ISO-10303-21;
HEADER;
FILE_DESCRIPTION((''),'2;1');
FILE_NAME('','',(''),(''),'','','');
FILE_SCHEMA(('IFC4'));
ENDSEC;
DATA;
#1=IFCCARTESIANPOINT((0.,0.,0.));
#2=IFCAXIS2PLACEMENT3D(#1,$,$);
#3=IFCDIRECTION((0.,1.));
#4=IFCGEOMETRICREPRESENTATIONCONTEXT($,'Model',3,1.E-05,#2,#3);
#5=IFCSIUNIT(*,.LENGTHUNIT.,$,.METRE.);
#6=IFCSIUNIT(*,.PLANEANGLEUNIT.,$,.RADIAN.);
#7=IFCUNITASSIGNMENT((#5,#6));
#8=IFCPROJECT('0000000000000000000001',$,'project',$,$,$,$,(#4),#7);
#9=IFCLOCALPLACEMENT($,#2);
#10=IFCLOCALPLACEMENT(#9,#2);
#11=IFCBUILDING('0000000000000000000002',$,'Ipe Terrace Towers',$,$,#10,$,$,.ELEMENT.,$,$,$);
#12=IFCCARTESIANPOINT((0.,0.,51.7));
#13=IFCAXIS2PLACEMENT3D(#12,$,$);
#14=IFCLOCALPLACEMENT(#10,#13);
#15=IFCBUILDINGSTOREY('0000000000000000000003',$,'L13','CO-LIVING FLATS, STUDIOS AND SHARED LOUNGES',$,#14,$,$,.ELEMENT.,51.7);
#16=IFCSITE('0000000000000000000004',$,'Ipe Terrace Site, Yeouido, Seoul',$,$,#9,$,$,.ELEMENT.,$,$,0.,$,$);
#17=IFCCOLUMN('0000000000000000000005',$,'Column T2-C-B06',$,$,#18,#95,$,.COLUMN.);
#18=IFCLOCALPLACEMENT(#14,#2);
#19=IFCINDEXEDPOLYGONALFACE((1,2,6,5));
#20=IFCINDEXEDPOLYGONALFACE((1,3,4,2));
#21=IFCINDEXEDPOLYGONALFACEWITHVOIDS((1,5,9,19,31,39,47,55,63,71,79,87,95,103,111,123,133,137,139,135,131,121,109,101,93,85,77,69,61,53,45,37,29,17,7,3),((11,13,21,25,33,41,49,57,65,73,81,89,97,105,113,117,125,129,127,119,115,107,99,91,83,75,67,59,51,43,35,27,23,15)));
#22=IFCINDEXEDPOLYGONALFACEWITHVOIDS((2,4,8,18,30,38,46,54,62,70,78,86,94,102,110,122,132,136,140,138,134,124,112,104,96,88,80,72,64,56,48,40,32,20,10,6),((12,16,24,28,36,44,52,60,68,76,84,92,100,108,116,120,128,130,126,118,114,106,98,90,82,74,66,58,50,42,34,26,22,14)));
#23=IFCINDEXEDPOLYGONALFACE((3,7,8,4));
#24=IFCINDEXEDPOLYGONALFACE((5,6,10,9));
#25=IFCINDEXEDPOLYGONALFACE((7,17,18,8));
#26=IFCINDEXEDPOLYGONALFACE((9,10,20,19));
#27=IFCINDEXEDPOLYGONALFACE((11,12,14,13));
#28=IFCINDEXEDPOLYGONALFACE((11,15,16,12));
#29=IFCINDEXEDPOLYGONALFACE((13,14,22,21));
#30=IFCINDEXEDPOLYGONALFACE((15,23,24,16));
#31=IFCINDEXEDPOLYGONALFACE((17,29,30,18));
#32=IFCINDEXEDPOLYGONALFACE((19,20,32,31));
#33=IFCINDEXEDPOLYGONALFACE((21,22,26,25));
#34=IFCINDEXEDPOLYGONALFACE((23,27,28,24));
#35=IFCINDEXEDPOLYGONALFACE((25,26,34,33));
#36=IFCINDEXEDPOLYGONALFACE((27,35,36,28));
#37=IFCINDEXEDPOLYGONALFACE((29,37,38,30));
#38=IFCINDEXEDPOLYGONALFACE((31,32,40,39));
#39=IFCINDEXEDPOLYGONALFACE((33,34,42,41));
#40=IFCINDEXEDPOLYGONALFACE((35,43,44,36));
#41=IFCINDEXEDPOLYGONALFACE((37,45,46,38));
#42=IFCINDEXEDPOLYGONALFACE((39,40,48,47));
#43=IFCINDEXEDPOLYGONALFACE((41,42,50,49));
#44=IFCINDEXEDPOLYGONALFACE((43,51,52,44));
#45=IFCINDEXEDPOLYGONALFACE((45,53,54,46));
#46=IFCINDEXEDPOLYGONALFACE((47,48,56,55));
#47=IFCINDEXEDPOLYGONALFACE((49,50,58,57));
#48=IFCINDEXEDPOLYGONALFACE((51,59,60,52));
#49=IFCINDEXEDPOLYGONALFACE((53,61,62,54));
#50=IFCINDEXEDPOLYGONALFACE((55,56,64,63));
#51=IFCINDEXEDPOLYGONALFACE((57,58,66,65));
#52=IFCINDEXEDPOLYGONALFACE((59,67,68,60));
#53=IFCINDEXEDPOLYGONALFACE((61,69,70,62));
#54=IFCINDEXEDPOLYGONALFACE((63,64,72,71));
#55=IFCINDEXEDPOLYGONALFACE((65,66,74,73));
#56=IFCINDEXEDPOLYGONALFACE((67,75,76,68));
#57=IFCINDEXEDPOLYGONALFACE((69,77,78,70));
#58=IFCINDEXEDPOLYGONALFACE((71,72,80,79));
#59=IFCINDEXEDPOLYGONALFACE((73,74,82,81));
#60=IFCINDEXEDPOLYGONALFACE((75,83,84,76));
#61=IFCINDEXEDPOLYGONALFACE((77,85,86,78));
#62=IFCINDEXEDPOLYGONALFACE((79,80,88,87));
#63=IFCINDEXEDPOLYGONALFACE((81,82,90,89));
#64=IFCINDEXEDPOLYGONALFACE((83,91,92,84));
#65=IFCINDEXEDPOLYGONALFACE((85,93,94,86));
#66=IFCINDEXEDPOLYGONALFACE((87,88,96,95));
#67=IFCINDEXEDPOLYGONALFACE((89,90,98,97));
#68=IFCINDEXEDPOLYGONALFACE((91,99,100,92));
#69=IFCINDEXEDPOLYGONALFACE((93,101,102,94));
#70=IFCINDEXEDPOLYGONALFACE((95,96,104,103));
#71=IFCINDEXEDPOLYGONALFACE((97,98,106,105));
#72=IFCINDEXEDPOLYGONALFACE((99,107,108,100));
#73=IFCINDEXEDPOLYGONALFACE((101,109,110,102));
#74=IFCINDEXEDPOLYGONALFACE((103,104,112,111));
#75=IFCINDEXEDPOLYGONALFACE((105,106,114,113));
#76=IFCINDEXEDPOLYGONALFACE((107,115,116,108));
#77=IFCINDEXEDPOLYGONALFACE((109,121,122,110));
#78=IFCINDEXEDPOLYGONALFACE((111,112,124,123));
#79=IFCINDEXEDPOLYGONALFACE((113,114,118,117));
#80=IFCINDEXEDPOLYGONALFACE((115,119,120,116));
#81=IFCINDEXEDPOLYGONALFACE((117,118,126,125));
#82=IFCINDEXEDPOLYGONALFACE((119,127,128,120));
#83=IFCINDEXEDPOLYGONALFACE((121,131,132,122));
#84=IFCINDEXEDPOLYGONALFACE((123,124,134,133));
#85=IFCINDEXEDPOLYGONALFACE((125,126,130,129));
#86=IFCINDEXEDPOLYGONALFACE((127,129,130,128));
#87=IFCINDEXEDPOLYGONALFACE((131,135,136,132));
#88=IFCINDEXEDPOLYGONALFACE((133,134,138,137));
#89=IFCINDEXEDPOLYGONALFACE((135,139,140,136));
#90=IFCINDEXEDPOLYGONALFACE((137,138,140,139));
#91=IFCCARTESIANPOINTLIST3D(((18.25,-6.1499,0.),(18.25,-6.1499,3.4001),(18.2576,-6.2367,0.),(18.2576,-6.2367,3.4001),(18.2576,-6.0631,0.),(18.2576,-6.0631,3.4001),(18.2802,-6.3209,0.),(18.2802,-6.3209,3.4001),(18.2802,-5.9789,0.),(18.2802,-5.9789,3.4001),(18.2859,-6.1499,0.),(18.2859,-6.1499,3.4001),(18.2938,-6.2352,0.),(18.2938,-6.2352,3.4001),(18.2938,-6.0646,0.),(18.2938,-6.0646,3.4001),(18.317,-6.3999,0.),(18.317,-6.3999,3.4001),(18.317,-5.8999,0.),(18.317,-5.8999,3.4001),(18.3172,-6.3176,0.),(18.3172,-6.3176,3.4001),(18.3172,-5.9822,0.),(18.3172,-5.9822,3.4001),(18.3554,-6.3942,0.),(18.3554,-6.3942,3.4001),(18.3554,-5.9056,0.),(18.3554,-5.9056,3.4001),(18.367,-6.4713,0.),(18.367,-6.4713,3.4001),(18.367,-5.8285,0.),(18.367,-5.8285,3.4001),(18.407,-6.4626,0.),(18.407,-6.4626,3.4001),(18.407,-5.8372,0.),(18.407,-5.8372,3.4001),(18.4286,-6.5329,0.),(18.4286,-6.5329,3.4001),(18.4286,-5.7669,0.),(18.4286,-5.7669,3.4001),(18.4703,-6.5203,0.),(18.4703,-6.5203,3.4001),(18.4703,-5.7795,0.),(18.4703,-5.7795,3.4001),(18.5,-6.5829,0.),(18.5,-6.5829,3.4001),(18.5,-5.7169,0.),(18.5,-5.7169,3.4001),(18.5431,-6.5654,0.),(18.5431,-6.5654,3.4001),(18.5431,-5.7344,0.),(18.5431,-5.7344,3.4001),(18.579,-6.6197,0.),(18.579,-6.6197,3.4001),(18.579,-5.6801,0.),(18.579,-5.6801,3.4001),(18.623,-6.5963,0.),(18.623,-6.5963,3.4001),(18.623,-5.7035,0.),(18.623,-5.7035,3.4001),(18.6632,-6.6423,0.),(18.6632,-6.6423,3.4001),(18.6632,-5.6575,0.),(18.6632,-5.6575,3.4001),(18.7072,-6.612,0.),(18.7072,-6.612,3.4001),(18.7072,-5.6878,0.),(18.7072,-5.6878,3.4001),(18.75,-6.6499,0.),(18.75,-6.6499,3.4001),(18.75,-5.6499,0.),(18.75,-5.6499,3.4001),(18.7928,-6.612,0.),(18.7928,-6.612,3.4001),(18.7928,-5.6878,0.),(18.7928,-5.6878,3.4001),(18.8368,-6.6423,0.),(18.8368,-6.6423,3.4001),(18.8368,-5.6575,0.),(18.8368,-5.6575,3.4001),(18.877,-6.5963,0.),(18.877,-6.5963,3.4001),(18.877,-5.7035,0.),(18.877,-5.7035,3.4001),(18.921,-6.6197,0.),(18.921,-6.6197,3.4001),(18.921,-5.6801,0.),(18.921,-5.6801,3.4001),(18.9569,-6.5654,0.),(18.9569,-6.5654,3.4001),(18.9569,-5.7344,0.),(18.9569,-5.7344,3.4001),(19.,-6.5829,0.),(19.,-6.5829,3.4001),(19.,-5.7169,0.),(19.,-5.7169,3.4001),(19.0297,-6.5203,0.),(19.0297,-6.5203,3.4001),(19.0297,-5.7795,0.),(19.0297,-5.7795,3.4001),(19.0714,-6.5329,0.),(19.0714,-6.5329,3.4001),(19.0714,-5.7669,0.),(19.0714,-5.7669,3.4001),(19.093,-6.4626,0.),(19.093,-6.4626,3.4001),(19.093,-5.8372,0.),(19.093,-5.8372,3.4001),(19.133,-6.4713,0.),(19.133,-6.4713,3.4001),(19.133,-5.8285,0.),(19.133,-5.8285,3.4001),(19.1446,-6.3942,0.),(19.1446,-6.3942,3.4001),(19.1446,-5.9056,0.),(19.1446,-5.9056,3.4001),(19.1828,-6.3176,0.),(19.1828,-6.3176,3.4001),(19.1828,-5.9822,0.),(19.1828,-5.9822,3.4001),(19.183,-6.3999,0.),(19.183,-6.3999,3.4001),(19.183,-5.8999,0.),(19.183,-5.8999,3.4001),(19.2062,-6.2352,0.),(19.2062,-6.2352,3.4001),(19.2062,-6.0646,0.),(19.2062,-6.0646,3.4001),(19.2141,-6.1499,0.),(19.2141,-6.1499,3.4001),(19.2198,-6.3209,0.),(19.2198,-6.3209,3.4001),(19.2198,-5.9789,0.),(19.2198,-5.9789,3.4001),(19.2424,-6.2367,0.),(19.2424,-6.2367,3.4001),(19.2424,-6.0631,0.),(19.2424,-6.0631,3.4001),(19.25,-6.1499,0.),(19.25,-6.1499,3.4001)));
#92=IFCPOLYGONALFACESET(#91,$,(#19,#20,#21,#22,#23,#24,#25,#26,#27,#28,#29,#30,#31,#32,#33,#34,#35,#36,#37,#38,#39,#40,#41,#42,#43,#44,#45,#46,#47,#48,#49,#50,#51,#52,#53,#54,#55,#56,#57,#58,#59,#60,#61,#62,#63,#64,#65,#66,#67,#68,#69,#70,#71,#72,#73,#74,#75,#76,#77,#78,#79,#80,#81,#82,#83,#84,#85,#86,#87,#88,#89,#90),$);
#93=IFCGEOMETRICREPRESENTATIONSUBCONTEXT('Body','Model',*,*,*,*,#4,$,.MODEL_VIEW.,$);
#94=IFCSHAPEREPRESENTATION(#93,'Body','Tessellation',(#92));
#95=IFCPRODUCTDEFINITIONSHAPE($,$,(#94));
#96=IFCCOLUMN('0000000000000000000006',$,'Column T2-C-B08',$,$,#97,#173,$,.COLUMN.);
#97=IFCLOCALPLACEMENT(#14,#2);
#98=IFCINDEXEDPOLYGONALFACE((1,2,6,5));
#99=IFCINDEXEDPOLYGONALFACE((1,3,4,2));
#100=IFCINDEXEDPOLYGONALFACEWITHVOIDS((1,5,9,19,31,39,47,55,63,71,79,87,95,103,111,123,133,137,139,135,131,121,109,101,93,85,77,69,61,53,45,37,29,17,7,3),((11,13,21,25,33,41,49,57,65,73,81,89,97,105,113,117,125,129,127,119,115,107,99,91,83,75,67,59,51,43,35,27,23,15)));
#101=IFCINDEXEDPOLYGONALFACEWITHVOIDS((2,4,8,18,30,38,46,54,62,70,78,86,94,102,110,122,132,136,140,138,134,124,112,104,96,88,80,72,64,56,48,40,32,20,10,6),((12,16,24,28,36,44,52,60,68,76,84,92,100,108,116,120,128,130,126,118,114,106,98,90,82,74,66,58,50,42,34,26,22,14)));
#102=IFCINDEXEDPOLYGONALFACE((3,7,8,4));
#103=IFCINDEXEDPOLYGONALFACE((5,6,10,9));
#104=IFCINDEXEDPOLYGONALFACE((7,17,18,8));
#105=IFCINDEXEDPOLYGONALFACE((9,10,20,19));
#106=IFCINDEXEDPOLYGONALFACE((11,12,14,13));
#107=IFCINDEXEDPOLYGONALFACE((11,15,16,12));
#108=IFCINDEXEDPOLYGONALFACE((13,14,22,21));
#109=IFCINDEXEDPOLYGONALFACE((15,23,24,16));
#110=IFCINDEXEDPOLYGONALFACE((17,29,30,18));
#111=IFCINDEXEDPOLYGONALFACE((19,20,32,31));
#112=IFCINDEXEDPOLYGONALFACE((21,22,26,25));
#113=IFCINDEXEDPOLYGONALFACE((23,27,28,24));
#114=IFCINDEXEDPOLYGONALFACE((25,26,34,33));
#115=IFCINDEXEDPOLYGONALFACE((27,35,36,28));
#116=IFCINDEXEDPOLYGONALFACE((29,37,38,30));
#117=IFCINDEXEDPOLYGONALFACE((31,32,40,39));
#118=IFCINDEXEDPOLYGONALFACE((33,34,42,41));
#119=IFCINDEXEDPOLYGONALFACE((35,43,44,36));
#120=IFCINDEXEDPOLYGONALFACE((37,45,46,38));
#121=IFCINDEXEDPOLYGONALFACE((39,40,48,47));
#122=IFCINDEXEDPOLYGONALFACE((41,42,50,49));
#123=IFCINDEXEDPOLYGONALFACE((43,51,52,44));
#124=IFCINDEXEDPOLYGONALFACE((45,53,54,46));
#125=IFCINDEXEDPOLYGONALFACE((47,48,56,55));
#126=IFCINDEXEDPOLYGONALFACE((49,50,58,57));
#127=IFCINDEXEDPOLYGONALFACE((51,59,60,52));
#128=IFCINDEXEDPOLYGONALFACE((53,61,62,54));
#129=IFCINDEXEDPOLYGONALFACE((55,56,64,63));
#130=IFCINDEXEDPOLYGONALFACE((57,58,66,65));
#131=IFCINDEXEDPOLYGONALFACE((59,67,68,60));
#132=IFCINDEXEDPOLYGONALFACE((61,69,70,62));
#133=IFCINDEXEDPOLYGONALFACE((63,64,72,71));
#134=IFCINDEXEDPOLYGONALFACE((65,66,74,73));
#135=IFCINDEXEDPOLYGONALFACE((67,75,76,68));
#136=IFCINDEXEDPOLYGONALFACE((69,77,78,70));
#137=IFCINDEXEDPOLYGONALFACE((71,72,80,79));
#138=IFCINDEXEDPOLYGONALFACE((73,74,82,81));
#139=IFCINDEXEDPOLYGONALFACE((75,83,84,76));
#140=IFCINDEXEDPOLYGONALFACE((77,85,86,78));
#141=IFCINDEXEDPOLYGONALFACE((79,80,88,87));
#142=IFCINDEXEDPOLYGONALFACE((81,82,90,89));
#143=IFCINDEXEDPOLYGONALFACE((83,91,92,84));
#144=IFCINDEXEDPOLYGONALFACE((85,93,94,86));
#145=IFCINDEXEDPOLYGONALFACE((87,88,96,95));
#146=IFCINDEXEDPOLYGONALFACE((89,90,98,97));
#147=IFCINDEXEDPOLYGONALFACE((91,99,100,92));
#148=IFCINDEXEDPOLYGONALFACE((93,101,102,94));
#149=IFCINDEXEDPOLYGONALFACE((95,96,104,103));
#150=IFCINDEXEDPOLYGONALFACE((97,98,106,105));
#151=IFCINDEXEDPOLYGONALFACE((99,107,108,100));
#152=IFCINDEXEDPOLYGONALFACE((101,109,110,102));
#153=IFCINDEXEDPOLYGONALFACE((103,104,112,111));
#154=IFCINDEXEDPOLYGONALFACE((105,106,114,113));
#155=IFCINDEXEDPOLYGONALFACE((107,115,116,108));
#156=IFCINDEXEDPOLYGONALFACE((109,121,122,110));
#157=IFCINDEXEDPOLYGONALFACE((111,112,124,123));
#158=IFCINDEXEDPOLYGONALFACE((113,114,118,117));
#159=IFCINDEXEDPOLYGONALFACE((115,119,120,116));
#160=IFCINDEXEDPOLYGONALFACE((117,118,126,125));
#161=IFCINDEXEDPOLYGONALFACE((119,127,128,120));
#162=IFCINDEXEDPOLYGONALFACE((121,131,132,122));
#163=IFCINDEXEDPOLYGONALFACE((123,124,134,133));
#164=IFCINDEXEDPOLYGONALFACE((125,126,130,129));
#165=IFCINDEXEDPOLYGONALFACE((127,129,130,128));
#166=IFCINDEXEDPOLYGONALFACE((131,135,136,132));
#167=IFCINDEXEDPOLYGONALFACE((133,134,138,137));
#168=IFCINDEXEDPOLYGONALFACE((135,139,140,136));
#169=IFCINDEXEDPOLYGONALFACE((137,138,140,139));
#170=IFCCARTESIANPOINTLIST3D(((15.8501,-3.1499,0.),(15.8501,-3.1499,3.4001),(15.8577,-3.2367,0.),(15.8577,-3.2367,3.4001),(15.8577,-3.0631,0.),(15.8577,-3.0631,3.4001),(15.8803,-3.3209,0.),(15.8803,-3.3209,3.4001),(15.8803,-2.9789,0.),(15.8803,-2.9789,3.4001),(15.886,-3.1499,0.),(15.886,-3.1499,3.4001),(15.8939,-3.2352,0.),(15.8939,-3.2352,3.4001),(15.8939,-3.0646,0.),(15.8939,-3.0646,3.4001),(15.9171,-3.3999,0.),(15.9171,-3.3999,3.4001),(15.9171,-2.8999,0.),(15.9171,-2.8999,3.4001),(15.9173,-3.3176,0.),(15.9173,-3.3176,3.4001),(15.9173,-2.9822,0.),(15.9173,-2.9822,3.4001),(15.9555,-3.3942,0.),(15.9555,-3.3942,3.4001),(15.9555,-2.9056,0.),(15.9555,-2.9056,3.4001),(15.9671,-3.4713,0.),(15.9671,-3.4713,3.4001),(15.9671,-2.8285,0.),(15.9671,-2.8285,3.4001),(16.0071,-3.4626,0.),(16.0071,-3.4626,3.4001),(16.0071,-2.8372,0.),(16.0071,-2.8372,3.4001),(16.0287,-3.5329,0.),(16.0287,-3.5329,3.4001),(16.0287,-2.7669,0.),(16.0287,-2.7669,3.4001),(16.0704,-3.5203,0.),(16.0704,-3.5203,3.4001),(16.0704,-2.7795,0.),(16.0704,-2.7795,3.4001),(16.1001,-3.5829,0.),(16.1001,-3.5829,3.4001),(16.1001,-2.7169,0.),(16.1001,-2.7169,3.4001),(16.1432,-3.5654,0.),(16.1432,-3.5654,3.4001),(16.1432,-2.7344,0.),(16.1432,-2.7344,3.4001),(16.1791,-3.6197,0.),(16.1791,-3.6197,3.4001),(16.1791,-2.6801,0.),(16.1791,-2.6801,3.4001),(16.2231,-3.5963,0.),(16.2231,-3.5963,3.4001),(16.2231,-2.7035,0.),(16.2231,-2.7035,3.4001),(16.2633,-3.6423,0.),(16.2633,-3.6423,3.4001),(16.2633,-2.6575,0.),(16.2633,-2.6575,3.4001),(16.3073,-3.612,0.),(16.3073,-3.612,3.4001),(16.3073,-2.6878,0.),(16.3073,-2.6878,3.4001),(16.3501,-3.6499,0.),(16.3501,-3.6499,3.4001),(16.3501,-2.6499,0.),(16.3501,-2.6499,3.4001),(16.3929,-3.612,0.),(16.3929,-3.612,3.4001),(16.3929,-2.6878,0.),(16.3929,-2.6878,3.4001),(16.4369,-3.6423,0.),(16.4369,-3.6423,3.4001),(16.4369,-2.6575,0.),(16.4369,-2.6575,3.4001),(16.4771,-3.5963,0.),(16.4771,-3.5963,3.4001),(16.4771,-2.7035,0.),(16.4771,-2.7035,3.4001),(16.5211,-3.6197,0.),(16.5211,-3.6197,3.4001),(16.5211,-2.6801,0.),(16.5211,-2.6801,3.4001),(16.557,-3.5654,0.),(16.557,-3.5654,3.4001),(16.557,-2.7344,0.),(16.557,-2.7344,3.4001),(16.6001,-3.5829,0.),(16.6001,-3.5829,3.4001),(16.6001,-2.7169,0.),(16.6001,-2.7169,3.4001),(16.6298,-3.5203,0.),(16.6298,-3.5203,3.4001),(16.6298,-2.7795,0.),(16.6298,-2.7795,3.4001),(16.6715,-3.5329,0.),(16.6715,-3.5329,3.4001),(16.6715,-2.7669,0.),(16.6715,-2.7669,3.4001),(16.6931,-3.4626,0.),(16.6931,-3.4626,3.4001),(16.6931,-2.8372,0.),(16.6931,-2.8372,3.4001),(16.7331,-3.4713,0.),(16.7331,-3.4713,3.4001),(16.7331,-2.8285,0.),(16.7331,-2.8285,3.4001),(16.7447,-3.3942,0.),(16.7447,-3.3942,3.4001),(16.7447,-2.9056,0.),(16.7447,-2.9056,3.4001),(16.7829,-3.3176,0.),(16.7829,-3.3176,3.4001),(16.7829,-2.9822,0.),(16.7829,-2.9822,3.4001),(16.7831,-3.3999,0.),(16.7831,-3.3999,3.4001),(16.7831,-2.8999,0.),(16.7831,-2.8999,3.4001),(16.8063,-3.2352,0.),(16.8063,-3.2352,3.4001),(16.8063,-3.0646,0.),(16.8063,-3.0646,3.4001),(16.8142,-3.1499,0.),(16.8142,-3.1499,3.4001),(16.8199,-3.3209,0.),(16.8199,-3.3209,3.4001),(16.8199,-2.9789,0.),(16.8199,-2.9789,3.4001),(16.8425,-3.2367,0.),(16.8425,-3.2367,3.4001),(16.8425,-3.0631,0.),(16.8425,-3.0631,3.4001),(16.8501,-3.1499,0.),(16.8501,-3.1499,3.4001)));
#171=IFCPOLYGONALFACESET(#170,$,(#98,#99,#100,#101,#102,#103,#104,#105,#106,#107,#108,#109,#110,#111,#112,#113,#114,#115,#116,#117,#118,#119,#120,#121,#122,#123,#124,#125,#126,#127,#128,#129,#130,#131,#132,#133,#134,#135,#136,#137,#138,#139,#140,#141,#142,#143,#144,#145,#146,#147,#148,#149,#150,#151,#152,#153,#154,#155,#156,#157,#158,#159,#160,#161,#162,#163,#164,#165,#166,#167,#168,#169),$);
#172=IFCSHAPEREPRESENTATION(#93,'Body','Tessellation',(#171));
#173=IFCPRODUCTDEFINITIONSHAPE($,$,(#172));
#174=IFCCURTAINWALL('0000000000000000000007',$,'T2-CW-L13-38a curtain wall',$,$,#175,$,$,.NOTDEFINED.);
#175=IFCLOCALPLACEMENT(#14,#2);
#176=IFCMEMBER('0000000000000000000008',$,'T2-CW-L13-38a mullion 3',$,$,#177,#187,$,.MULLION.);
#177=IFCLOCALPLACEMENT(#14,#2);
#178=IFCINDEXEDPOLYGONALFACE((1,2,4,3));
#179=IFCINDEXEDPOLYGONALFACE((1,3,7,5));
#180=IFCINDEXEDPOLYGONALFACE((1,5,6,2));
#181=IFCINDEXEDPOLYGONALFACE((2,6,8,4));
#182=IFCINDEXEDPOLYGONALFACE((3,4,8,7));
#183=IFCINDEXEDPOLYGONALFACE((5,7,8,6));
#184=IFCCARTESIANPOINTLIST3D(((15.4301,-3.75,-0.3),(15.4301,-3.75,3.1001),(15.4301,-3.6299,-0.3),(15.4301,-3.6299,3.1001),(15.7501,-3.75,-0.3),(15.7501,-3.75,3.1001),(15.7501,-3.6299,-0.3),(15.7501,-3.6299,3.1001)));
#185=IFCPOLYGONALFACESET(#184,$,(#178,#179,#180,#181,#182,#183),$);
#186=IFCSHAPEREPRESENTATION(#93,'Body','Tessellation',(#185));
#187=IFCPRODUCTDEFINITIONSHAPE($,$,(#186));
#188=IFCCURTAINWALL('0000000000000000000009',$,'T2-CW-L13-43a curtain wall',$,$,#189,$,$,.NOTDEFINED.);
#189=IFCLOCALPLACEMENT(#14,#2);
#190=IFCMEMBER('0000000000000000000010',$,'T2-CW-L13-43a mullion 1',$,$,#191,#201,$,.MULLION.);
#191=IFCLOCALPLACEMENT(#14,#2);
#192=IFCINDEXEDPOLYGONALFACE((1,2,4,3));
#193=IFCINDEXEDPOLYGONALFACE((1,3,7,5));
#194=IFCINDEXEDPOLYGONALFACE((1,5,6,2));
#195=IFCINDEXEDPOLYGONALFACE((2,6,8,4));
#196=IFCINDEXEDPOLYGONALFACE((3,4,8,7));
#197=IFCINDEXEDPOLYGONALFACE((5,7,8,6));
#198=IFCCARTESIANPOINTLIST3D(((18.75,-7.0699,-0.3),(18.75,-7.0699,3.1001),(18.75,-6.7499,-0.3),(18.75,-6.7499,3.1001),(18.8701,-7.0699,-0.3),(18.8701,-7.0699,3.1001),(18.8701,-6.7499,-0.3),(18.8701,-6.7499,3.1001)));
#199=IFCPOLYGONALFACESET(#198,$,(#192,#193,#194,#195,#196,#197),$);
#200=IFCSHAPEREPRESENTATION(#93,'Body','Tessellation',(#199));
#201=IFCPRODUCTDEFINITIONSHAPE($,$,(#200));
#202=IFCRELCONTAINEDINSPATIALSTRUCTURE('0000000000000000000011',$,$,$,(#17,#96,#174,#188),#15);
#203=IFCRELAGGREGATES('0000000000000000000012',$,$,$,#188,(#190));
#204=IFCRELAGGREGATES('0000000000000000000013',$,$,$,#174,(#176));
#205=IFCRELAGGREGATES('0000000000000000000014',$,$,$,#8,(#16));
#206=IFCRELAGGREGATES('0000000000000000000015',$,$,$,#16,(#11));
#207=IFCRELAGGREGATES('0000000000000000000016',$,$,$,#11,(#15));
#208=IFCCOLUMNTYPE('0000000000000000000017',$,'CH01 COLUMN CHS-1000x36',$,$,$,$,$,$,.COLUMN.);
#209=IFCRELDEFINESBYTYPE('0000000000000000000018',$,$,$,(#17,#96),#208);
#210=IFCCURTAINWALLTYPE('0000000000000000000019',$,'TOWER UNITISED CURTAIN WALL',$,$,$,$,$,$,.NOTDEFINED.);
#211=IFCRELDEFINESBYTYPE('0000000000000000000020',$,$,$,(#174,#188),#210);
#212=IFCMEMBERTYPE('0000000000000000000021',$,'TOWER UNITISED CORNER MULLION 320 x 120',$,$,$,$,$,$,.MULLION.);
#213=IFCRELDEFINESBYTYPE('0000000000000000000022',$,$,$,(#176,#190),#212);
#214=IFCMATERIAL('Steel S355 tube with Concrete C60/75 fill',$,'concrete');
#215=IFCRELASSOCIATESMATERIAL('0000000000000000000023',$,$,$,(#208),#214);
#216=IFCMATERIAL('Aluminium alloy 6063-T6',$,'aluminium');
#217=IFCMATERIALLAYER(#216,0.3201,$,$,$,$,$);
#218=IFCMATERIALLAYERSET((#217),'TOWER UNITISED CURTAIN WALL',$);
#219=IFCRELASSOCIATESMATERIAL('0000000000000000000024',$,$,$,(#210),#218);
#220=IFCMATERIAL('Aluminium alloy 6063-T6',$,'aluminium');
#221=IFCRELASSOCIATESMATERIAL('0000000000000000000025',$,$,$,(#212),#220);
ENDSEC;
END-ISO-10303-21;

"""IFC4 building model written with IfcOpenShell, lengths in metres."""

from ifc_helpers import new_model, si_unit, direction, frame, origin, origin_2d, place, context, subcontext, project, spatial, rectangle, hollow_circle, extrude, material, layer, layer_set, material_profile, profile_set, type_object, element, aggregate, save


model = new_model("IFC4")

# Units and contexts
model_context = context("Model", 3, precision=1e-05, world=origin(), true_north=direction((0.0, 1.0)))
body_context = subcontext(model_context, "Body", "Model", "MODEL_VIEW")
ifc_project = project(units=[si_unit("LENGTHUNIT", "METRE"), si_unit("PLANEANGLEUNIT", "RADIAN")], contexts=[model_context])

# Site, building, storey
site_placement = place(None, origin())
site = spatial("IfcSite", under=ifc_project, at=site_placement, Name="Ipe Terrace Site, Yeouido, Seoul", CompositionType="ELEMENT", RefElevation=0.0)
building_placement = place(site_placement, origin())
building = spatial("IfcBuilding", under=site, at=building_placement, Name="Ipe Terrace Towers", CompositionType="ELEMENT")
storey_placement = place(building_placement, frame((0.0, 0.0, 51.7)))
storey = spatial("IfcBuildingStorey", under=building, at=storey_placement, Name="L13", Description="CO-LIVING FLATS, STUDIOS AND SHARED LOUNGES", CompositionType="ELEMENT", Elevation=51.7)

# Columns
ifc_material_1 = material(Name="Steel S355 tube with Concrete C60/75 fill", Category="concrete")
ifc_material_profile_1 = material_profile(ifc_material_1, hollow_circle(Radius=0.5, WallThickness=0.0359, at=origin_2d()), Name="CHS-1000x36")
ifc_profile_set_1 = profile_set([ifc_material_profile_1], Name="Steel S355 tube with Concrete C60/75 fill")
column_type = type_object("IfcColumnType", Name="CH01 COLUMN CHS-1000x36", PredefinedType="COLUMN", material=ifc_profile_set_1)
for number, where, z_axis, x_axis, name in (
    (1, (18.75, -6.1499, 0.0), (0.0, 0.0, 1.0), (1.0, 0.0, 0.0), "Column T2-C-B06"),
    (2, (16.3501, -3.1499, 0.0), (0.0, 0.0, 1.0), (1.0, 0.0, 0.0), "Column T2-C-B08"),
):
    element("IfcColumn", number, at=place(storey_placement, frame(where, z_axis=z_axis, x_axis=x_axis)), inside=storey, type_object=column_type, Name=name, PredefinedType="COLUMN", context=body_context, shape_type="SweptSolid", body=[
        extrude(hollow_circle(Radius=0.5, WallThickness=0.0359, at=origin_2d()), origin(), (0.0, 0.0, 1.0), 3.4001),
    ])

# Curtain walls, members
ifc_material_2 = material(Name="Aluminium alloy 6063-T6", Category="aluminium")
ifc_layer_1 = layer(ifc_material_2, 0.3201)
ifc_layer_set_1 = layer_set([ifc_layer_1], Name="TOWER UNITISED CURTAIN WALL")
curtain_wall_type = type_object("IfcCurtainWallType", Name="TOWER UNITISED CURTAIN WALL", PredefinedType="NOTDEFINED", material=ifc_layer_set_1)
curtain_wall_1_placement = place(storey_placement, origin())
curtain_wall_1 = element("IfcCurtainWall", 3, at=curtain_wall_1_placement, inside=storey, type_object=curtain_wall_type, Name="T2-CW-L13-38a curtain wall", PredefinedType="NOTDEFINED")
ifc_material_3 = material(Name="Aluminium alloy 6063-T6", Category="aluminium")
ifc_material_profile_2 = material_profile(ifc_material_3, rectangle(XDim=0.3201, YDim=0.1201, at=origin_2d()), Name="TOWER UNITISED CORNER MULLION 320 x 120")
ifc_profile_set_2 = profile_set([ifc_material_profile_2], Name="Aluminium alloy 6063-T6")
member_type = type_object("IfcMemberType", Name="TOWER UNITISED CORNER MULLION 320 x 120", PredefinedType="MULLION", material=ifc_profile_set_2)
member_1_placement = place(storey_placement, frame((15.5901, -3.6899, -0.3), z_axis=(0.0, 0.0, 1.0), x_axis=(-1.0, 0.0, 0.0)))
member_1 = element("IfcMember", 4, at=member_1_placement, type_object=member_type, Name="T2-CW-L13-38a mullion 3", PredefinedType="MULLION", context=body_context, shape_type="SweptSolid", body=[
    extrude(rectangle(XDim=0.3201, YDim=0.1201, at=origin_2d()), origin(), (0.0, 0.0, 1.0), 3.4001),
])
curtain_wall_2_placement = place(storey_placement, origin())
curtain_wall_2 = element("IfcCurtainWall", 5, at=curtain_wall_2_placement, inside=storey, type_object=curtain_wall_type, Name="T2-CW-L13-43a curtain wall", PredefinedType="NOTDEFINED")
member_2_placement = place(storey_placement, frame((18.8101, -6.9099, -0.3), z_axis=(0.0, 0.0, 1.0), x_axis=(0.0, -1.0, 0.0)))
member_2 = element("IfcMember", 6, at=member_2_placement, type_object=member_type, Name="T2-CW-L13-43a mullion 1", PredefinedType="MULLION", context=body_context, shape_type="SweptSolid", body=[
    extrude(rectangle(XDim=0.3201, YDim=0.1201, at=origin_2d()), origin(), (0.0, 0.0, 1.0), 3.4001),
])
aggregate(curtain_wall_2, [member_2])

aggregate(curtain_wall_1, [member_1])

save(model, "model.ifc")
